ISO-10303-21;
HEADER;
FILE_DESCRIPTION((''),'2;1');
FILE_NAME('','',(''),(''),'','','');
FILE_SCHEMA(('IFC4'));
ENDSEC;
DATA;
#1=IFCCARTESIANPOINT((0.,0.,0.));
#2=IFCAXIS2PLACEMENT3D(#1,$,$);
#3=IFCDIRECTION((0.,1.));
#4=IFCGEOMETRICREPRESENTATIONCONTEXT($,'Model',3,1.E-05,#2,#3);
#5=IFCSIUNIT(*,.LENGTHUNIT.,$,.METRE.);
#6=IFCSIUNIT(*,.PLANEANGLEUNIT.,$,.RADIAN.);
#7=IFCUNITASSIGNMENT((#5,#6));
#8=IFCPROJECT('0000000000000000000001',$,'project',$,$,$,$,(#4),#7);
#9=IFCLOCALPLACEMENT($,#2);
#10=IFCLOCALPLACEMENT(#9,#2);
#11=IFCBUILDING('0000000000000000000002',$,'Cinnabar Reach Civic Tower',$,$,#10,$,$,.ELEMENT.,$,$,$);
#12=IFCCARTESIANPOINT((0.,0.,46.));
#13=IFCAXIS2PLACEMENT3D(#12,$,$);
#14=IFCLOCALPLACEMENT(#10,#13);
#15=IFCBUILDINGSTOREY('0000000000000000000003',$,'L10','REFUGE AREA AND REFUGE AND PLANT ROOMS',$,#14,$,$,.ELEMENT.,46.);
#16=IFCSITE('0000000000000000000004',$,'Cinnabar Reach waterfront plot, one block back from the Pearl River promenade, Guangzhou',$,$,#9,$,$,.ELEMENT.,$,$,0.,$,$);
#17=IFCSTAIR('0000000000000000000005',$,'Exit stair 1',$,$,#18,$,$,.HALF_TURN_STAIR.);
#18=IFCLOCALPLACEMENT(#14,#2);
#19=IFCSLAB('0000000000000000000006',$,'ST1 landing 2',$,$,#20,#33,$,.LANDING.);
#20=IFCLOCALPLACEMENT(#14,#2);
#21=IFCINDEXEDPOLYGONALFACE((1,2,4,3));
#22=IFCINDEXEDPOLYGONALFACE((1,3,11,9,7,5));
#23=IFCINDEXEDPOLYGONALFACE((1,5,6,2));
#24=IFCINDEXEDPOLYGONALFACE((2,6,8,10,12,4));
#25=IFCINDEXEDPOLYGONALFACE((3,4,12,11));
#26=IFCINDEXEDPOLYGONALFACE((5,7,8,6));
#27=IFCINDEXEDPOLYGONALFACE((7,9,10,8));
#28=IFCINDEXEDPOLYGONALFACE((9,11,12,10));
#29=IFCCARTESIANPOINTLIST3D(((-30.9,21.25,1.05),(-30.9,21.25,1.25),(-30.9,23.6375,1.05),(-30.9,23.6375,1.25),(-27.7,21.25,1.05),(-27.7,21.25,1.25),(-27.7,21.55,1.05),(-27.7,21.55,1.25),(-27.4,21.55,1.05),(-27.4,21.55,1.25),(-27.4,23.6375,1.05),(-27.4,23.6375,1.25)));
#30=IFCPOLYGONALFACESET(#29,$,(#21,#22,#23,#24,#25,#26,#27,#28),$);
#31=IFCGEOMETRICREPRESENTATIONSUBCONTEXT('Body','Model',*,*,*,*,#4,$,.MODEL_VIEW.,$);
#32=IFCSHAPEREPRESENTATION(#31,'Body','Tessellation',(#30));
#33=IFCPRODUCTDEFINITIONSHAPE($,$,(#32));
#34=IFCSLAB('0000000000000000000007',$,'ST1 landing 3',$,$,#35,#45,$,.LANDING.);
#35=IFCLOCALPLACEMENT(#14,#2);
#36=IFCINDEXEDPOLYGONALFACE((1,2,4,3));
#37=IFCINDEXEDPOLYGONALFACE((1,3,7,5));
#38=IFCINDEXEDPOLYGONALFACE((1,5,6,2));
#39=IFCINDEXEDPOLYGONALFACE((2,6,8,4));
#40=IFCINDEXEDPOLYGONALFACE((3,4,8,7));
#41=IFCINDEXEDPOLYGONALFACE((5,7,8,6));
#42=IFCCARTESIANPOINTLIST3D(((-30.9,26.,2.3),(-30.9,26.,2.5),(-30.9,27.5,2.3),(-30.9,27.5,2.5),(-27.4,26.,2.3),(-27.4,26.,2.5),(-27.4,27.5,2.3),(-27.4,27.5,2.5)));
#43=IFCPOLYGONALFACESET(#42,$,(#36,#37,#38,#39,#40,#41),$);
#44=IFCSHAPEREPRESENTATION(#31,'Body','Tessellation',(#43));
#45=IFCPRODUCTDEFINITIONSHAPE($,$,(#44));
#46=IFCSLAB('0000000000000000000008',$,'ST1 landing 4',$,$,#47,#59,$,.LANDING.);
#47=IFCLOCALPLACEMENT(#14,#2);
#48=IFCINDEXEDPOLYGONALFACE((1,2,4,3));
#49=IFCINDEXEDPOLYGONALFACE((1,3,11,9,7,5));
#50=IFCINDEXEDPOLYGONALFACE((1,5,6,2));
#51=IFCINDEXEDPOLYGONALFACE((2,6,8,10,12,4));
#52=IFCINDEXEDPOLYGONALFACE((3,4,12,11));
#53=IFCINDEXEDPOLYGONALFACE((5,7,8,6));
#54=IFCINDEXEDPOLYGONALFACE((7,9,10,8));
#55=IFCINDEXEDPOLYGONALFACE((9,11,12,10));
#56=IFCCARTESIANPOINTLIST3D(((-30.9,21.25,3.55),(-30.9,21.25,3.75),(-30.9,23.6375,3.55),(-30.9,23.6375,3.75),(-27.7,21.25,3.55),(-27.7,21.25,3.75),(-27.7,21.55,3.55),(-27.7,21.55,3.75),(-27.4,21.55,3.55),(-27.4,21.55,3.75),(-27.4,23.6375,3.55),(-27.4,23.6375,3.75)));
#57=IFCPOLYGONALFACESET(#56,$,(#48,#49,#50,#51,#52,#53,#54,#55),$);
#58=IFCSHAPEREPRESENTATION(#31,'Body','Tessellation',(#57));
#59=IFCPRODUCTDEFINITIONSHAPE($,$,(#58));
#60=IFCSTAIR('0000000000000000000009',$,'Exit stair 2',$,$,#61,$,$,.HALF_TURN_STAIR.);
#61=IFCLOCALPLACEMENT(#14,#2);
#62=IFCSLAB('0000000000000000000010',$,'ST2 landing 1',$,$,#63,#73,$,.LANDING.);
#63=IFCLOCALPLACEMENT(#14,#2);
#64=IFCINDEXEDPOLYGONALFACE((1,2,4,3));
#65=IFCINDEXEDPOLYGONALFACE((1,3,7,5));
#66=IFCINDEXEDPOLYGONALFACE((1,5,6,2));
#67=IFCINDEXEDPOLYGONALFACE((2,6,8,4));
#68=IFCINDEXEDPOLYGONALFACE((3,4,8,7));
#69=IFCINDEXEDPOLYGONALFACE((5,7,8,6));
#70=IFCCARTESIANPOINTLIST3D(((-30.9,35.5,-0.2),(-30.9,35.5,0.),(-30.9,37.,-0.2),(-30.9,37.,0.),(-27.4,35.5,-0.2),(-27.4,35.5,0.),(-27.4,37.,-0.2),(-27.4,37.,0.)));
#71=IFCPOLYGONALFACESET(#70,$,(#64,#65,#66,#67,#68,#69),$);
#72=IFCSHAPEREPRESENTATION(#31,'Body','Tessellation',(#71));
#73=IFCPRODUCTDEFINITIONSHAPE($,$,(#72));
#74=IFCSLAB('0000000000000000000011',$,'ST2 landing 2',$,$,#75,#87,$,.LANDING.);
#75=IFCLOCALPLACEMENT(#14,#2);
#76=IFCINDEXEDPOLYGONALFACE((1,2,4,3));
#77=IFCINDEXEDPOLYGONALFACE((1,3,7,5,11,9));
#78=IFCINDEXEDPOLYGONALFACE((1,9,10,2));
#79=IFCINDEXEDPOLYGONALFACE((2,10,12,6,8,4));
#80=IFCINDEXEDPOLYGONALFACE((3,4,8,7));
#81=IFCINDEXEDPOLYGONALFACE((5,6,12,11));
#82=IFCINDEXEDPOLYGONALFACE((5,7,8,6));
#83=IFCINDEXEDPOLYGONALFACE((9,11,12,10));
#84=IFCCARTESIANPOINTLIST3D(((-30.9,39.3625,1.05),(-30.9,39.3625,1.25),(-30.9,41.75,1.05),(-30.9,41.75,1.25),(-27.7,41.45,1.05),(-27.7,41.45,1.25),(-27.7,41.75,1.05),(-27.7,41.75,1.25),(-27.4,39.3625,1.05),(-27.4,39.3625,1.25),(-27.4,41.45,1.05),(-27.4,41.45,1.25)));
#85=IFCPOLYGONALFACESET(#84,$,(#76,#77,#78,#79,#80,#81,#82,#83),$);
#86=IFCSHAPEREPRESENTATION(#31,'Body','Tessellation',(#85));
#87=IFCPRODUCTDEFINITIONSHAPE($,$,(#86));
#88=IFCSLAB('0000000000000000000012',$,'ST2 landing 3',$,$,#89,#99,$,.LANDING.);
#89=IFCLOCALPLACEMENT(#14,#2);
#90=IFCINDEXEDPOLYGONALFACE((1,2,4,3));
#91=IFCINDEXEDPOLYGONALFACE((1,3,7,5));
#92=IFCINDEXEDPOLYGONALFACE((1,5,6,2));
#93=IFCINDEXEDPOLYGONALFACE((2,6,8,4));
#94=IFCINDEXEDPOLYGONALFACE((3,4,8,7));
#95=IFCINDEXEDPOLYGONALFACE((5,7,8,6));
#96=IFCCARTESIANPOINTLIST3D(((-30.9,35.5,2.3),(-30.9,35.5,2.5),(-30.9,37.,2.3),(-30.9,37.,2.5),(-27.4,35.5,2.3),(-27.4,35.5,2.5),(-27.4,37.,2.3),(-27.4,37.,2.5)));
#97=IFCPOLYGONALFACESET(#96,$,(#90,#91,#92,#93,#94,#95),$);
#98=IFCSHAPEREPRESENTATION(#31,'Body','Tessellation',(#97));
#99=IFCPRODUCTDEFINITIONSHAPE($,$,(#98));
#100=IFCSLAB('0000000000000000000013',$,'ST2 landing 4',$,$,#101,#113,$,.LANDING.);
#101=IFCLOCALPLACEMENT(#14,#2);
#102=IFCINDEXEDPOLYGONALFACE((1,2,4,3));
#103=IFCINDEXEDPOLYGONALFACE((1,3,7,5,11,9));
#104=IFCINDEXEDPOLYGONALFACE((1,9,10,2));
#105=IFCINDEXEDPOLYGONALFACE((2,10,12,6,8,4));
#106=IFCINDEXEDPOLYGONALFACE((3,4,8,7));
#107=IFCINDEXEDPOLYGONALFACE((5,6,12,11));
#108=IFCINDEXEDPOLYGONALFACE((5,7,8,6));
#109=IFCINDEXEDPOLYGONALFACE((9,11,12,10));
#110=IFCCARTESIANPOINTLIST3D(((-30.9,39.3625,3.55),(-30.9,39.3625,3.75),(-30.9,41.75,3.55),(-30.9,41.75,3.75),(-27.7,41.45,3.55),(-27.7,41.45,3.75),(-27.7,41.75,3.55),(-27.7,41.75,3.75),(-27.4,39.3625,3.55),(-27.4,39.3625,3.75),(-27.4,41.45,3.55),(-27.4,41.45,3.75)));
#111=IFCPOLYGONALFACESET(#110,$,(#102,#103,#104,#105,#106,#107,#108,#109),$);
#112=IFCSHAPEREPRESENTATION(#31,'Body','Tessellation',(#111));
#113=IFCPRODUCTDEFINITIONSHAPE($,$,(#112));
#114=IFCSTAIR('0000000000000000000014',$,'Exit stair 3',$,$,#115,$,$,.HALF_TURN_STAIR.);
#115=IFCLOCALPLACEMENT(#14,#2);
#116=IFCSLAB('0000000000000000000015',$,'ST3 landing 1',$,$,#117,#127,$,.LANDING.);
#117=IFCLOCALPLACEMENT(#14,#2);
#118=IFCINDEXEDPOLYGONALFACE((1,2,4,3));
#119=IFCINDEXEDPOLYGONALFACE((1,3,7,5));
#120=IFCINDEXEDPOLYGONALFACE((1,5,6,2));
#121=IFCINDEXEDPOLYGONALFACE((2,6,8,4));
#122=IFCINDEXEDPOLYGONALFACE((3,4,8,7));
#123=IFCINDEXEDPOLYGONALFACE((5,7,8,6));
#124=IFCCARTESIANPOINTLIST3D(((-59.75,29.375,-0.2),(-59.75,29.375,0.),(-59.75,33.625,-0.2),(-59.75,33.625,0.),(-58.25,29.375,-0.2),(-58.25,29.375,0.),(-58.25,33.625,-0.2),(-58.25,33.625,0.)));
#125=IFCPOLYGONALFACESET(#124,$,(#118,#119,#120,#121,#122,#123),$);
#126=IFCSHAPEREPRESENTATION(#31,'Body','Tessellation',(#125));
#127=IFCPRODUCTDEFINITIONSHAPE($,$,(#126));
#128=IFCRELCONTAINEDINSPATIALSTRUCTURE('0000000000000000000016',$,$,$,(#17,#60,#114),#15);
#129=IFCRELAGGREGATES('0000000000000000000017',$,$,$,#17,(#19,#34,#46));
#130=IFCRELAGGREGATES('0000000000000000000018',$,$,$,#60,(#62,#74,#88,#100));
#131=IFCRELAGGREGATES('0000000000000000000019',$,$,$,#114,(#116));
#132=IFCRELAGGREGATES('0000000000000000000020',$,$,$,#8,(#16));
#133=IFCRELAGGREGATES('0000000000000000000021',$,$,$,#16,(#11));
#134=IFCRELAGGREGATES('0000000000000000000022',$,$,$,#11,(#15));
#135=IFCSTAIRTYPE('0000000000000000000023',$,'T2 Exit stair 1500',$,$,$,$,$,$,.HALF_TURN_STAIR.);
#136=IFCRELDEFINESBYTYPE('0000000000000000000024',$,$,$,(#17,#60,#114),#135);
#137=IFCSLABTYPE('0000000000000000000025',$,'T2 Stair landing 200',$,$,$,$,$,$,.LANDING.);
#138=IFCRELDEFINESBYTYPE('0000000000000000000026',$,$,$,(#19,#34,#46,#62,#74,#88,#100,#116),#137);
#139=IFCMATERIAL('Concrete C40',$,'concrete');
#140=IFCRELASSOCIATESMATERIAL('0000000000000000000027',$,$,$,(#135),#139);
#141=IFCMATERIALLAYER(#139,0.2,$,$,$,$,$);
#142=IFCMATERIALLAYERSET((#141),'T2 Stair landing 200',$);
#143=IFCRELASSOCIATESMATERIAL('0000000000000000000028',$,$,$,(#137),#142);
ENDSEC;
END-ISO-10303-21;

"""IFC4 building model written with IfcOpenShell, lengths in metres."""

from ifc_helpers import new_model, si_unit, direction, frame, origin, place, context, subcontext, project, spatial, polyline, outline, extrude, material, layer, layer_set, type_object, element, aggregate, save


model = new_model("IFC4")

# Units and contexts
model_context = context("Model", 3, precision=1e-05, world=origin(), true_north=direction((0.0, 1.0)))
body_context = subcontext(model_context, "Body", "Model", "MODEL_VIEW")
ifc_project = project(units=[si_unit("LENGTHUNIT", "METRE"), si_unit("PLANEANGLEUNIT", "RADIAN")], contexts=[model_context])

# Site, building, storey
site_placement = place(None, origin())
site = spatial("IfcSite", under=ifc_project, at=site_placement, Name="Cinnabar Reach waterfront plot, one block back from the Pearl River promenade, Guangzhou", CompositionType="ELEMENT", RefElevation=0.0)
building_placement = place(site_placement, origin())
building = spatial("IfcBuilding", under=site, at=building_placement, Name="Cinnabar Reach Civic Tower", CompositionType="ELEMENT")
storey_placement = place(building_placement, frame((0.0, 0.0, 46.0)))
storey = spatial("IfcBuildingStorey", under=building, at=storey_placement, Name="L10", Description="REFUGE AREA AND REFUGE AND PLANT ROOMS", CompositionType="ELEMENT", Elevation=46.0)

# Shared definitions
ifc_material_1 = material(Name="Concrete C40", Category="concrete")

# Stairs, slabs
stair_type_1 = type_object("IfcStairType", Name="T2 Exit stair 1500", PredefinedType="HALF_TURN_STAIR", material=ifc_material_1)
stair_1_placement = place(storey_placement, origin())
stair_1 = element("IfcStair", 1, at=stair_1_placement, inside=storey, type_object=stair_type_1, Name="Exit stair 1", PredefinedType="HALF_TURN_STAIR")
ifc_layer_1 = layer(ifc_material_1, 0.2)
ifc_layer_set_1 = layer_set([ifc_layer_1], Name="T2 Stair landing 200")
slab_type_1 = type_object("IfcSlabType", Name="T2 Stair landing 200", PredefinedType="LANDING", material=ifc_layer_set_1)
slab_1_placement = place(storey_placement, frame((0.0, 0.0, 1.05)))
slab_1 = element("IfcSlab", 2, at=slab_1_placement, type_object=slab_type_1, Name="ST1 landing 2", PredefinedType="LANDING", context=body_context, shape_type="SweptSolid", body=[
    extrude(outline(polyline([(-30.9, 21.25), (-30.9, 23.6375), (-27.4, 23.6375), (-27.4, 21.55), (-27.7, 21.55), (-27.7, 21.25), (-30.9, 21.25)])), origin(), (0.0, 0.0, 1.0), 0.2),
])
slab_2_placement = place(storey_placement, frame((0.0, 0.0, 2.3)))
slab_2 = element("IfcSlab", 3, at=slab_2_placement, type_object=slab_type_1, Name="ST1 landing 3", PredefinedType="LANDING", context=body_context, shape_type="SweptSolid", body=[
    extrude(outline(polyline([(-30.9, 26.0), (-30.9, 27.5), (-27.4, 27.5), (-27.4, 26.0), (-30.9, 26.0)])), origin(), (0.0, 0.0, 1.0), 0.2),
])
slab_3_placement = place(storey_placement, frame((0.0, 0.0, 3.55)))
slab_3 = element("IfcSlab", 4, at=slab_3_placement, type_object=slab_type_1, Name="ST1 landing 4", PredefinedType="LANDING", context=body_context, shape_type="SweptSolid", body=[
    extrude(outline(polyline([(-30.9, 21.25), (-30.9, 23.6375), (-27.4, 23.6375), (-27.4, 21.55), (-27.7, 21.55), (-27.7, 21.25), (-30.9, 21.25)])), origin(), (0.0, 0.0, 1.0), 0.2),
])
aggregate(stair_1, [slab_1, slab_2, slab_3])
stair_2_placement = place(storey_placement, origin())
stair_2 = element("IfcStair", 5, at=stair_2_placement, inside=storey, type_object=stair_type_1, Name="Exit stair 2", PredefinedType="HALF_TURN_STAIR")
slab_4_placement = place(storey_placement, frame((0.0, 0.0, -0.2)))
slab_4 = element("IfcSlab", 6, at=slab_4_placement, type_object=slab_type_1, Name="ST2 landing 1", PredefinedType="LANDING", context=body_context, shape_type="SweptSolid", body=[
    extrude(outline(polyline([(-30.9, 35.5), (-30.9, 37.0), (-27.4, 37.0), (-27.4, 35.5), (-30.9, 35.5)])), origin(), (0.0, 0.0, 1.0), 0.2),
])
slab_5_placement = place(storey_placement, frame((0.0, 0.0, 1.05)))
slab_5 = element("IfcSlab", 7, at=slab_5_placement, type_object=slab_type_1, Name="ST2 landing 2", PredefinedType="LANDING", context=body_context, shape_type="SweptSolid", body=[
    extrude(outline(polyline([(-27.4, 39.3625), (-30.9, 39.3625), (-30.9, 41.75), (-27.7, 41.75), (-27.7, 41.45), (-27.4, 41.45), (-27.4, 39.3625)])), origin(), (0.0, 0.0, 1.0), 0.2),
])
slab_6_placement = place(storey_placement, frame((0.0, 0.0, 2.3)))
slab_6 = element("IfcSlab", 8, at=slab_6_placement, type_object=slab_type_1, Name="ST2 landing 3", PredefinedType="LANDING", context=body_context, shape_type="SweptSolid", body=[
    extrude(outline(polyline([(-30.9, 35.5), (-30.9, 37.0), (-27.4, 37.0), (-27.4, 35.5), (-30.9, 35.5)])), origin(), (0.0, 0.0, 1.0), 0.2),
])
slab_7_placement = place(storey_placement, frame((0.0, 0.0, 3.55)))
slab_7 = element("IfcSlab", 9, at=slab_7_placement, type_object=slab_type_1, Name="ST2 landing 4", PredefinedType="LANDING", context=body_context, shape_type="SweptSolid", body=[
    extrude(outline(polyline([(-27.4, 39.3625), (-30.9, 39.3625), (-30.9, 41.75), (-27.7, 41.75), (-27.7, 41.45), (-27.4, 41.45), (-27.4, 39.3625)])), origin(), (0.0, 0.0, 1.0), 0.2),
])
aggregate(stair_2, [slab_4, slab_5, slab_6, slab_7])

# Stair, slab
stair_3_placement = place(storey_placement, origin())
stair_3 = element("IfcStair", 10, at=stair_3_placement, inside=storey, type_object=stair_type_1, Name="Exit stair 3", PredefinedType="HALF_TURN_STAIR")
slab_8_placement = place(storey_placement, frame((0.0, 0.0, -0.2)))
slab_8 = element("IfcSlab", 11, at=slab_8_placement, type_object=slab_type_1, Name="ST3 landing 1", PredefinedType="LANDING", context=body_context, shape_type="SweptSolid", body=[
    extrude(outline(polyline([(-59.75, 29.375), (-59.75, 33.625), (-58.25, 33.625), (-58.25, 29.375), (-59.75, 29.375)])), origin(), (0.0, 0.0, 1.0), 0.2),
])
aggregate(stair_3, [slab_8])

save(model, "model.ifc")
